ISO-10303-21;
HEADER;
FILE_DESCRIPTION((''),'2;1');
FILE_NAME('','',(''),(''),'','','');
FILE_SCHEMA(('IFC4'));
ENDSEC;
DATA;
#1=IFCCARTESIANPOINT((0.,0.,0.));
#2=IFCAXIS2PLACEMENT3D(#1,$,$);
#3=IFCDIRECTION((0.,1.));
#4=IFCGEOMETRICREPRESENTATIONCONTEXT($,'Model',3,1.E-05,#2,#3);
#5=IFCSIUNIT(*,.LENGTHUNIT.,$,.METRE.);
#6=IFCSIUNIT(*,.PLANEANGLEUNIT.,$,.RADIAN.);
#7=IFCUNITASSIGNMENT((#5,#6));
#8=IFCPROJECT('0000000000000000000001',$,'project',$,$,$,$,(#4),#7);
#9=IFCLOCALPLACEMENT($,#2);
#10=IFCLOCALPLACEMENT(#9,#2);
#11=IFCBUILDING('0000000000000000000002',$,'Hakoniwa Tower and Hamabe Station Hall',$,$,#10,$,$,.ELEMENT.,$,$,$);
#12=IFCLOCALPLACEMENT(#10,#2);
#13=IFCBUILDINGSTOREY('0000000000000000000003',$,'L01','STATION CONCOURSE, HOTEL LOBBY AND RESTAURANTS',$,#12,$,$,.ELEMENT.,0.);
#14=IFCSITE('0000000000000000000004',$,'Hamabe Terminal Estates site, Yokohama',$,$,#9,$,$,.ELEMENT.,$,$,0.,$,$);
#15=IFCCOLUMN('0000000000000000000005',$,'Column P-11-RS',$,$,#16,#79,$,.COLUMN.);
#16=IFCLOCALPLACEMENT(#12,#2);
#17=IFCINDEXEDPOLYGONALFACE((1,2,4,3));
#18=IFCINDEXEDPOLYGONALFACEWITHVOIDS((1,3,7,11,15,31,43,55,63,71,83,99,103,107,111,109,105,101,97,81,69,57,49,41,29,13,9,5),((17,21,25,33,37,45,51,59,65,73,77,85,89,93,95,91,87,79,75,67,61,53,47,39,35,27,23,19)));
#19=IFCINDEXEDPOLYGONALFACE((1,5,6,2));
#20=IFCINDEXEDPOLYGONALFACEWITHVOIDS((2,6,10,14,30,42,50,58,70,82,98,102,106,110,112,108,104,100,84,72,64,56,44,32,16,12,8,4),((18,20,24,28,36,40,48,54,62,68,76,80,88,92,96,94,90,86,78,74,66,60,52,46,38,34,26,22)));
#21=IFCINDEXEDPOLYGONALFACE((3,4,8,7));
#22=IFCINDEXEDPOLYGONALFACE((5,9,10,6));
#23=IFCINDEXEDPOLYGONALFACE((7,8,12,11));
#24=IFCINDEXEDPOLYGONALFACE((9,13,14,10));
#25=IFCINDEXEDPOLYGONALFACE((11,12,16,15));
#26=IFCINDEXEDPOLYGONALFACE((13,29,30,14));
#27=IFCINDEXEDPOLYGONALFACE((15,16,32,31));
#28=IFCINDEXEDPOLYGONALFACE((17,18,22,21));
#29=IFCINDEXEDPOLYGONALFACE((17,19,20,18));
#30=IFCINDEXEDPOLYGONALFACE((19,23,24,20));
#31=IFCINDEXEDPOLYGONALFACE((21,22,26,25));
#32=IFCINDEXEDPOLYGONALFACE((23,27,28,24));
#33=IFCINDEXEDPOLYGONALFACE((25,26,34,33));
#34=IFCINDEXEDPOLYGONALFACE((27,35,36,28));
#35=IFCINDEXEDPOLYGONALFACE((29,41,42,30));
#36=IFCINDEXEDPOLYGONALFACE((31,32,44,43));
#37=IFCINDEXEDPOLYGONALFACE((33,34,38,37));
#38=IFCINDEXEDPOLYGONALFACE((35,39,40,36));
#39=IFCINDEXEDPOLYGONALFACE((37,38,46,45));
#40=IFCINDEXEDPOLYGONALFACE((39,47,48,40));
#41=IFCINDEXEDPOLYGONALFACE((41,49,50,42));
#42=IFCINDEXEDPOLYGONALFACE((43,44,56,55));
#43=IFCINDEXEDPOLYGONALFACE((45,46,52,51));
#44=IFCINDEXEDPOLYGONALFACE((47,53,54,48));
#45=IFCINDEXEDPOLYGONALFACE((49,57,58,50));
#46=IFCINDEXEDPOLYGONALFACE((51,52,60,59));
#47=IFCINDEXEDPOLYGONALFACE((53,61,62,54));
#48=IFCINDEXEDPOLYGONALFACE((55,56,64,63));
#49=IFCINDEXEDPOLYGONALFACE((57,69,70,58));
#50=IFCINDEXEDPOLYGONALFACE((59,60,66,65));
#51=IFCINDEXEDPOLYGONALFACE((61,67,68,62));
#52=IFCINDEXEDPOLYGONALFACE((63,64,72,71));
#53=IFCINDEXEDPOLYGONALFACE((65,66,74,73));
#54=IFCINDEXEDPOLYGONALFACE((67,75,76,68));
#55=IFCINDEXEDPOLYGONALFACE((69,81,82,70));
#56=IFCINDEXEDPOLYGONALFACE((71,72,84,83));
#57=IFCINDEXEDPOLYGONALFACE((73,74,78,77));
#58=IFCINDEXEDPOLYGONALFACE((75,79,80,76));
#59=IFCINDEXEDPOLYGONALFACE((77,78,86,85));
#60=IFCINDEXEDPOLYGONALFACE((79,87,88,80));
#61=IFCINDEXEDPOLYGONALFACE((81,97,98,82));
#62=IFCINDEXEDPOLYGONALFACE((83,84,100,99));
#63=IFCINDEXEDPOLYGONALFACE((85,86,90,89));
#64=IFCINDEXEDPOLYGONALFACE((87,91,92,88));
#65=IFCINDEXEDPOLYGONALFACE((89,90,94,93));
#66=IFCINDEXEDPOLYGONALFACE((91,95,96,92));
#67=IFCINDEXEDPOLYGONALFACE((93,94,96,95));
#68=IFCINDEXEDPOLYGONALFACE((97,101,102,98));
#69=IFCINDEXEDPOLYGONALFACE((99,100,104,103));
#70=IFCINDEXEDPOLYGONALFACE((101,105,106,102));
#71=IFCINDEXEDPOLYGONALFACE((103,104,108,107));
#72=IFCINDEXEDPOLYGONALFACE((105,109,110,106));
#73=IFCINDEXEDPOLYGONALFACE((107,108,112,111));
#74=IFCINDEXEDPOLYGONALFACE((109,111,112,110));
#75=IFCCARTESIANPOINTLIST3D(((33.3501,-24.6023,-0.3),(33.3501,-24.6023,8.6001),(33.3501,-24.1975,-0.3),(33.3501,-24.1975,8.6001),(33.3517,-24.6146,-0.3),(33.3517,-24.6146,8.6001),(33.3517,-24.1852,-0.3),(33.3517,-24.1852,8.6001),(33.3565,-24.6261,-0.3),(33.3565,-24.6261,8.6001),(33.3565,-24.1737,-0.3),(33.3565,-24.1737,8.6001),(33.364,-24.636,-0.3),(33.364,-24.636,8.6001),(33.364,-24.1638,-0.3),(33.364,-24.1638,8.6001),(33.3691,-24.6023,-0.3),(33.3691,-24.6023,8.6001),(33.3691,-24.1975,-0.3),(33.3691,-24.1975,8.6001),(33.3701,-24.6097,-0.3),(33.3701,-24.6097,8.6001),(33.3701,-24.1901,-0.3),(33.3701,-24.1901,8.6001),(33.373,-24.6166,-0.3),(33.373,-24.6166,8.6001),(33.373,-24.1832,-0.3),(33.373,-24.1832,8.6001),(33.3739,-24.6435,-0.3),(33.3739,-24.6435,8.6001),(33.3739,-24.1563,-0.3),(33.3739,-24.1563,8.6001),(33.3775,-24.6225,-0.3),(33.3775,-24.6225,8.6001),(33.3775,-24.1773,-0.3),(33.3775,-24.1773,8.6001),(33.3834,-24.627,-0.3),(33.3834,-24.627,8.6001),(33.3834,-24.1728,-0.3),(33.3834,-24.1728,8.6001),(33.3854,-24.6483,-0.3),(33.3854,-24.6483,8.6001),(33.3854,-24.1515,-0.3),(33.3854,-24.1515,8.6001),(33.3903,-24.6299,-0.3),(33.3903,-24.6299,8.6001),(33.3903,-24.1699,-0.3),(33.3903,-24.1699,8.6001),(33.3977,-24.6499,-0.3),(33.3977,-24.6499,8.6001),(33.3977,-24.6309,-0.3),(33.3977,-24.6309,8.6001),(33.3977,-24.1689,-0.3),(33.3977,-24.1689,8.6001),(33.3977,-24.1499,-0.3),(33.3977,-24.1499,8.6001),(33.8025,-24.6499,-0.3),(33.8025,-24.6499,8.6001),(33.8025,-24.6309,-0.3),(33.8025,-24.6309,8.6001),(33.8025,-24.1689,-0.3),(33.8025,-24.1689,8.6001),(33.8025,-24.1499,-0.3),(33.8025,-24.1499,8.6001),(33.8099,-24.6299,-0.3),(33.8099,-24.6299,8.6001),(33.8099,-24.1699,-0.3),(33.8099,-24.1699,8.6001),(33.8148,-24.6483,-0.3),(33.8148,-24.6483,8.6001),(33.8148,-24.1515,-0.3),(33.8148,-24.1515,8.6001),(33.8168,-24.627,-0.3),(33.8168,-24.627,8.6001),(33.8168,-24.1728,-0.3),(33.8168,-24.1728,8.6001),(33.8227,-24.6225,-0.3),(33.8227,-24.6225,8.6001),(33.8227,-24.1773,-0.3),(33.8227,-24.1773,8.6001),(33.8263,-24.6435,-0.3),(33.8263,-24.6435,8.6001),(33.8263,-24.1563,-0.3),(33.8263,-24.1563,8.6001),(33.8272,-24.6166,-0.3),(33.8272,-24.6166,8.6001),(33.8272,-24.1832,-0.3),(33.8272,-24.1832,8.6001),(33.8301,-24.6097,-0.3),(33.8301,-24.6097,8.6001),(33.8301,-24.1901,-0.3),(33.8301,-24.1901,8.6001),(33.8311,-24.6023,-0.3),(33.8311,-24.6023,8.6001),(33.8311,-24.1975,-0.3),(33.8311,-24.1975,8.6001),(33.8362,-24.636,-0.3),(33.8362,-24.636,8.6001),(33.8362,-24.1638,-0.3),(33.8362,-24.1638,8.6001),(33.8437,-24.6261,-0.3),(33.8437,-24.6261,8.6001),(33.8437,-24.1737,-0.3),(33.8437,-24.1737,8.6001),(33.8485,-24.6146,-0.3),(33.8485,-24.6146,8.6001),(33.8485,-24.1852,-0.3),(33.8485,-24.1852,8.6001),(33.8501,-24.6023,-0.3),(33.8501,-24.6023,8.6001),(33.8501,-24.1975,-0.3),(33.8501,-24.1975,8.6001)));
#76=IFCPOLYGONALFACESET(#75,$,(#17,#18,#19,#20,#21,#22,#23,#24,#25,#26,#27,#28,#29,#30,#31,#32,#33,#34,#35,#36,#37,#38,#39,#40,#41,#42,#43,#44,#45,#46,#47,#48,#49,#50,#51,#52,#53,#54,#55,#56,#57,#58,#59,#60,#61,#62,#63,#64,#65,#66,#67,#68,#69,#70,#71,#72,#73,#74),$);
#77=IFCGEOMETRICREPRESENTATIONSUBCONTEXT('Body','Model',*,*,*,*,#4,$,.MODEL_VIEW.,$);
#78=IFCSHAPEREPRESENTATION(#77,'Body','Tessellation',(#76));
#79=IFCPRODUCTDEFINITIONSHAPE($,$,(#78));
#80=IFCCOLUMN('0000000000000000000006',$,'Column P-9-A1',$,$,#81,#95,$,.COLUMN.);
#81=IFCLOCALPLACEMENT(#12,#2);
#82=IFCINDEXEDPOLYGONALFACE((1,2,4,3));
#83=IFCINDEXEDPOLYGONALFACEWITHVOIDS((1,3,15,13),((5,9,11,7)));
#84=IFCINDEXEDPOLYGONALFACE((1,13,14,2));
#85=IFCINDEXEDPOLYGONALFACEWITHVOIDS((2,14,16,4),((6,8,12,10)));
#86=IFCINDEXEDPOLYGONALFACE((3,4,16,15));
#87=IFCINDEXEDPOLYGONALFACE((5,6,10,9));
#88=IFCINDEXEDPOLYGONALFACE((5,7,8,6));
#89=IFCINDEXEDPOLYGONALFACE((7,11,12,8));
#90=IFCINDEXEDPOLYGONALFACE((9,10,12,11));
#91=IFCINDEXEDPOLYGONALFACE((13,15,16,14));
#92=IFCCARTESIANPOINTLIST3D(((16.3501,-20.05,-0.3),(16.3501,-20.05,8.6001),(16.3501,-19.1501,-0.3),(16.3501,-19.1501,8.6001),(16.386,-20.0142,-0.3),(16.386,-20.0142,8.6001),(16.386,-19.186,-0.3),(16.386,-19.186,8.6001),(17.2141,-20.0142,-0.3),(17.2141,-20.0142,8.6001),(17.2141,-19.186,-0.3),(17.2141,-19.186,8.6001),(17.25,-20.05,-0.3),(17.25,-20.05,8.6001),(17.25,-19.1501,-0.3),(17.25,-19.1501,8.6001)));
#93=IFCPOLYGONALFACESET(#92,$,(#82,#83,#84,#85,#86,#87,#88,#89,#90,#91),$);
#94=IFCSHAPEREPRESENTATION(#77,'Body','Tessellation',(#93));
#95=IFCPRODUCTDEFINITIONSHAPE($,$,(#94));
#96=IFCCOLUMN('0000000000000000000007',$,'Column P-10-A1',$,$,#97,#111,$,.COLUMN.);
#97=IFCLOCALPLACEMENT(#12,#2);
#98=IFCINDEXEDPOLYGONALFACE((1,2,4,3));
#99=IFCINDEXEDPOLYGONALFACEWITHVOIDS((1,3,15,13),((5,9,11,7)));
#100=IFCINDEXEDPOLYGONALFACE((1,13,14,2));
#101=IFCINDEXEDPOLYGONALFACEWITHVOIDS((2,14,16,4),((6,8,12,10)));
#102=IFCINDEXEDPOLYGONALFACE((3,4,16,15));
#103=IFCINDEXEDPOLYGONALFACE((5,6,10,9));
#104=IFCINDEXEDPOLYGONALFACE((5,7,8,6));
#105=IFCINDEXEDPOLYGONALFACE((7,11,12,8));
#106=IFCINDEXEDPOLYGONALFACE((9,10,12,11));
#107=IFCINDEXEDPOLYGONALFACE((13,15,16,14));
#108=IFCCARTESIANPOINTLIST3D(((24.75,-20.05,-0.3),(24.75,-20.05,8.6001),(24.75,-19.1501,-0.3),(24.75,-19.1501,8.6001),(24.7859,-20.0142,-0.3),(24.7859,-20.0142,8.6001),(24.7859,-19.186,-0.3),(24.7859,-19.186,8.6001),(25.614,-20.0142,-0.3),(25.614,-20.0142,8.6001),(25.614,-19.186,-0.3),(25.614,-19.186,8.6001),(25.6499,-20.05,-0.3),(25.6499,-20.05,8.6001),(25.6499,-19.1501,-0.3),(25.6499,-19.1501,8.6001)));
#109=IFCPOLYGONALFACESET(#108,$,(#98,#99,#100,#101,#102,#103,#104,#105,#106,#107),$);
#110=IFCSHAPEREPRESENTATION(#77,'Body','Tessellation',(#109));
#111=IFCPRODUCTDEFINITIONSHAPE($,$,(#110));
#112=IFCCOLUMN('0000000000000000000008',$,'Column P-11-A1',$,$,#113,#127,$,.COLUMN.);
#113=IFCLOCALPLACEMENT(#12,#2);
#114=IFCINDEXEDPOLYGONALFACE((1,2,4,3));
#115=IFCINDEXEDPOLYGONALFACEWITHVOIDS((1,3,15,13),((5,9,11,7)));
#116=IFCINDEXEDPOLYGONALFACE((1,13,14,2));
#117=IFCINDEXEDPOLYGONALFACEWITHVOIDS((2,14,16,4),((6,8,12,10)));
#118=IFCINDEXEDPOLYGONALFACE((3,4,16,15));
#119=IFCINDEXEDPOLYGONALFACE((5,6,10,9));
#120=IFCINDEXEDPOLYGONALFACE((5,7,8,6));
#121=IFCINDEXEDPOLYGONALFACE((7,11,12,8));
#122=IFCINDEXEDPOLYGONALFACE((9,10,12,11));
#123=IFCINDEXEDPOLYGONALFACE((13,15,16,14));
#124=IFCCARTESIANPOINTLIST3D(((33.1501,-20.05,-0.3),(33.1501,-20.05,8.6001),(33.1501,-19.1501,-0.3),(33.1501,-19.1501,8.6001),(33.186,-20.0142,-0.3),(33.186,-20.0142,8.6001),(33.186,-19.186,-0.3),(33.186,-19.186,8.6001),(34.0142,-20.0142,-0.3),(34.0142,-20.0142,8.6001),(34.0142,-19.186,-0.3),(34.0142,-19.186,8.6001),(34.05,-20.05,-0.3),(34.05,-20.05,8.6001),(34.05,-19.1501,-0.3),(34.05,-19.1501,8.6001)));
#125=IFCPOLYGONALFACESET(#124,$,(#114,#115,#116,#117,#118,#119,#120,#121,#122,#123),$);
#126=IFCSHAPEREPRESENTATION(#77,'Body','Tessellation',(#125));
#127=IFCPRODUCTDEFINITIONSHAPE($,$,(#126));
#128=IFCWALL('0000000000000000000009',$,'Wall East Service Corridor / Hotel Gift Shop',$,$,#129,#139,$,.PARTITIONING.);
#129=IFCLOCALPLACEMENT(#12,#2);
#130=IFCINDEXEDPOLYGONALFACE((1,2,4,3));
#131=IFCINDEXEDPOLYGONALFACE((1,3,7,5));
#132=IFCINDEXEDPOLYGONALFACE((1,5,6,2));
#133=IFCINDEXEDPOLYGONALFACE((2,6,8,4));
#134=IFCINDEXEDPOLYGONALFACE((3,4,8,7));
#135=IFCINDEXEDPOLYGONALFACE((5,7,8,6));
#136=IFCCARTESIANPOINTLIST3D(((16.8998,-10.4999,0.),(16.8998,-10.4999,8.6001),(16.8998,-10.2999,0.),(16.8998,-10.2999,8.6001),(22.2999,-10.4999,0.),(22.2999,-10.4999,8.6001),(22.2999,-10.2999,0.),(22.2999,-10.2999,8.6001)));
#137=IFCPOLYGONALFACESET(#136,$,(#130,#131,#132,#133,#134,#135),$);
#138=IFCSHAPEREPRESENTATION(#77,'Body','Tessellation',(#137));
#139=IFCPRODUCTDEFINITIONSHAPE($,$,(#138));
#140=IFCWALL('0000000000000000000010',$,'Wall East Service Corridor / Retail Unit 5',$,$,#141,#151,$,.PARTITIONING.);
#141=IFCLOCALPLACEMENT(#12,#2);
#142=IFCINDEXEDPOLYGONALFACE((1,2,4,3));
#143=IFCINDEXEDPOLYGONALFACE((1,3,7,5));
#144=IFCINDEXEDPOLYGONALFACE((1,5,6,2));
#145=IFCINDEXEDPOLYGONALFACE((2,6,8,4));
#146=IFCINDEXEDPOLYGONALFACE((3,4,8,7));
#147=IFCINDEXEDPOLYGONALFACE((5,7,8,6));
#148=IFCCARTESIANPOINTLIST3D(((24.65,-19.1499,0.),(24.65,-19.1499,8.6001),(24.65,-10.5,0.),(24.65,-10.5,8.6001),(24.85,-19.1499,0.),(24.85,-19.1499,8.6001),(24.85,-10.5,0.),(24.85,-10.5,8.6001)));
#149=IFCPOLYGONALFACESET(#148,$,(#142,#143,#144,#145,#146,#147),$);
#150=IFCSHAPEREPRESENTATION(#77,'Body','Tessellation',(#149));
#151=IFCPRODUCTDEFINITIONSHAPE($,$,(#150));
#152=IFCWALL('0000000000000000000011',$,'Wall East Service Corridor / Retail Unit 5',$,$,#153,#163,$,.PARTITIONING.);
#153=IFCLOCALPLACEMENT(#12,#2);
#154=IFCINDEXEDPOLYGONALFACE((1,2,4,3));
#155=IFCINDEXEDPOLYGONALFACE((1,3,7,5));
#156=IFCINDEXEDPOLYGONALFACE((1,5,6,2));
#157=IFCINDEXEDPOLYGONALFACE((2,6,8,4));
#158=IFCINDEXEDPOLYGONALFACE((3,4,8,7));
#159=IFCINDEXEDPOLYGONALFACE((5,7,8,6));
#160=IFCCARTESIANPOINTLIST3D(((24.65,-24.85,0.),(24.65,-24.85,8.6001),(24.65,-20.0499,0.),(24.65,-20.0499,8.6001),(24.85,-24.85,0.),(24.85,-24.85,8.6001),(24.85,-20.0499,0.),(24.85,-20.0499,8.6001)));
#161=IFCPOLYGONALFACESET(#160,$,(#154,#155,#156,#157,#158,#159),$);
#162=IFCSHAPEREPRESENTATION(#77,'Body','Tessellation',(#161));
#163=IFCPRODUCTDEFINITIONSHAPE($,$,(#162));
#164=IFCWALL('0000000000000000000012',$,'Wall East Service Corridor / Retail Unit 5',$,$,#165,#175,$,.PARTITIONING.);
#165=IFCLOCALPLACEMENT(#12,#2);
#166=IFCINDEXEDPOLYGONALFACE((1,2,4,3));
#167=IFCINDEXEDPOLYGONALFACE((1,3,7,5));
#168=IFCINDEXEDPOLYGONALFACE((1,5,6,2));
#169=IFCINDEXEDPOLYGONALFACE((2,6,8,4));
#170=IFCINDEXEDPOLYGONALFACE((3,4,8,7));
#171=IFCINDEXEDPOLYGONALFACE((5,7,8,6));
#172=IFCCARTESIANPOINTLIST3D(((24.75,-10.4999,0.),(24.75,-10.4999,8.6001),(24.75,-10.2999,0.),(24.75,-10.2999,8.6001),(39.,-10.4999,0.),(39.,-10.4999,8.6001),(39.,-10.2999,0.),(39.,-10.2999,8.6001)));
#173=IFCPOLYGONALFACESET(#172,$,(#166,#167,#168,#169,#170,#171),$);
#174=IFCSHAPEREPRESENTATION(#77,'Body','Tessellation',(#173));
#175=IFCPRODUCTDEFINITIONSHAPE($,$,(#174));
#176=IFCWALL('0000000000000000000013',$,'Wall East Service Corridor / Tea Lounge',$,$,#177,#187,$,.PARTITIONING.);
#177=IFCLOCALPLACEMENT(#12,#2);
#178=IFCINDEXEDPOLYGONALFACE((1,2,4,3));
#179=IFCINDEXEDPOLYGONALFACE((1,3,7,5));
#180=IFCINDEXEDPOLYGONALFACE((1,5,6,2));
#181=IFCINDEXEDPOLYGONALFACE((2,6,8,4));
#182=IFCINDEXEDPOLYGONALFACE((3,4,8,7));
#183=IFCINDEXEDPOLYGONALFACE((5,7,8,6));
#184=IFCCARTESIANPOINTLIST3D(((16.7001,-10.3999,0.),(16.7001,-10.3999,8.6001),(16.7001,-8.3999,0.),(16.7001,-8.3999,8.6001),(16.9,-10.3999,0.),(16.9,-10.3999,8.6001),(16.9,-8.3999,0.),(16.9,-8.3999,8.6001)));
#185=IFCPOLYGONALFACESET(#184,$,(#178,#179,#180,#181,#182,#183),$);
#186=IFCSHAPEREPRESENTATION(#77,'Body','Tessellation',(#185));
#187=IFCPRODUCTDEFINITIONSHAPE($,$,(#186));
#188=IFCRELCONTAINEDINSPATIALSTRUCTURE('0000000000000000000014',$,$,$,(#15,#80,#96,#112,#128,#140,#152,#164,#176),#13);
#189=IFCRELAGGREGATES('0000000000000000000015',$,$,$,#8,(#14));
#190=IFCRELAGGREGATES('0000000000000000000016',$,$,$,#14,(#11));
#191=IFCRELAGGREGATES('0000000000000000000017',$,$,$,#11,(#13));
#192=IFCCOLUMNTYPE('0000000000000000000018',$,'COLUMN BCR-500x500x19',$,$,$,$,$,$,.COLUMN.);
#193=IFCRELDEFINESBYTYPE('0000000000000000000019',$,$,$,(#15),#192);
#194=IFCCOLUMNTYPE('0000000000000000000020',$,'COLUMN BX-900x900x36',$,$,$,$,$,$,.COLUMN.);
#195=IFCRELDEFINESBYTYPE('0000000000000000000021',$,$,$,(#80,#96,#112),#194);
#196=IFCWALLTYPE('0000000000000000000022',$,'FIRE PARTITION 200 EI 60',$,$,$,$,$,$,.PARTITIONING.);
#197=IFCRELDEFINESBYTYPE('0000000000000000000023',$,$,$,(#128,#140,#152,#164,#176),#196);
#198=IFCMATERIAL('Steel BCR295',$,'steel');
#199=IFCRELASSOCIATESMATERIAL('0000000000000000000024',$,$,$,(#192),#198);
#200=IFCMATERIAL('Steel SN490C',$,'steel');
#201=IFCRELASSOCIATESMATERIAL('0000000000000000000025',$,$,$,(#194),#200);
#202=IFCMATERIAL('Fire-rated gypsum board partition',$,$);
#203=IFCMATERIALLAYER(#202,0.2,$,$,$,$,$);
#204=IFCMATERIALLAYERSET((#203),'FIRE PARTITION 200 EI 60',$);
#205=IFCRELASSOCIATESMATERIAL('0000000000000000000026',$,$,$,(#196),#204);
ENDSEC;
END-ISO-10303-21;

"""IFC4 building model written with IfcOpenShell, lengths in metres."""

from ifc_helpers import new_model, si_unit, direction, frame, frame_2d, origin, origin_2d, place, context, subcontext, project, spatial, rectangle, hollow_rectangle, extrude, material, layer, layer_set, material_profile, profile_set, type_object, element, save


model = new_model("IFC4")

# Units and contexts
model_context = context("Model", 3, precision=1e-05, world=origin(), true_north=direction((0.0, 1.0)))
body_context = subcontext(model_context, "Body", "Model", "MODEL_VIEW")
ifc_project = project(units=[si_unit("LENGTHUNIT", "METRE"), si_unit("PLANEANGLEUNIT", "RADIAN")], contexts=[model_context])

# Site, building, storey
site_placement = place(None, origin())
site = spatial("IfcSite", under=ifc_project, at=site_placement, Name="Hamabe Terminal Estates site, Yokohama", CompositionType="ELEMENT", RefElevation=0.0)
building_placement = place(site_placement, origin())
building = spatial("IfcBuilding", under=site, at=building_placement, Name="Hakoniwa Tower and Hamabe Station Hall", CompositionType="ELEMENT")
storey_placement = place(building_placement, origin())
storey = spatial("IfcBuildingStorey", under=building, at=storey_placement, Name="L01", Description="STATION CONCOURSE, HOTEL LOBBY AND RESTAURANTS", CompositionType="ELEMENT", Elevation=0.0)

# Columns
ifc_material_1 = material(Name="Steel BCR295", Category="steel")
ifc_material_profile_1 = material_profile(ifc_material_1, hollow_rectangle(XDim=0.5, YDim=0.5, WallThickness=0.019, InnerFilletRadius=0.0286, OuterFilletRadius=0.0476, at=origin_2d()), Name="BCR-500x500x19")
ifc_profile_set_1 = profile_set([ifc_material_profile_1], Name="Steel BCR295")
column_type_1 = type_object("IfcColumnType", Name="COLUMN BCR-500x500x19", PredefinedType="COLUMN", material=ifc_profile_set_1)
column_placement = place(storey_placement, frame((33.6001, -24.3999, -0.3), z_axis=(0.0, 0.0, 1.0), x_axis=(1.0, 0.0, 0.0)))
element("IfcColumn", 1, at=column_placement, inside=storey, type_object=column_type_1, Name="Column P-11-RS", PredefinedType="COLUMN", context=body_context, shape_type="SweptSolid", body=[
    extrude(hollow_rectangle(XDim=0.5, YDim=0.5, WallThickness=0.019, InnerFilletRadius=0.0286, OuterFilletRadius=0.0476, at=origin_2d()), origin(), (0.0, 0.0, 1.0), 8.9001),
])
ifc_material_2 = material(Name="Steel SN490C", Category="steel")
ifc_material_profile_2 = material_profile(ifc_material_2, hollow_rectangle(XDim=0.8999, YDim=0.8999, WallThickness=0.0359, at=origin_2d()), Name="BX-900x900x36")
ifc_profile_set_2 = profile_set([ifc_material_profile_2], Name="Steel SN490C")
column_type_2 = type_object("IfcColumnType", Name="COLUMN BX-900x900x36", PredefinedType="COLUMN", material=ifc_profile_set_2)
for number, where, z_axis, x_axis, name in (
    (2, (16.8, -19.6001, -0.3), (0.0, 0.0, 1.0), (1.0, 0.0, 0.0), "Column P-9-A1"),
    (3, (25.2, -19.6001, -0.3), (0.0, 0.0, 1.0), (1.0, 0.0, 0.0), "Column P-10-A1"),
    (4, (33.6001, -19.6001, -0.3), (0.0, 0.0, 1.0), (1.0, 0.0, 0.0), "Column P-11-A1"),
):
    element("IfcColumn", number, at=place(storey_placement, frame(where, z_axis=z_axis, x_axis=x_axis)), inside=storey, type_object=column_type_2, Name=name, PredefinedType="COLUMN", context=body_context, shape_type="SweptSolid", body=[
        extrude(hollow_rectangle(XDim=0.8999, YDim=0.8999, WallThickness=0.0359, at=origin_2d()), origin(), (0.0, 0.0, 1.0), 8.9001),
    ])

# Walls
ifc_material_3 = material(Name="Fire-rated gypsum board partition")
ifc_layer = layer(ifc_material_3, 0.2)
ifc_layer_set = layer_set([ifc_layer], Name="FIRE PARTITION 200 EI 60")
wall_type = type_object("IfcWallType", Name="FIRE PARTITION 200 EI 60", PredefinedType="PARTITIONING", material=ifc_layer_set)
wall_1_placement = place(storey_placement, frame((22.3, -10.3999, 0.0), z_axis=(0.0, 0.0, 1.0), x_axis=(-1.0, 0.0, 0.0)))
element("IfcWall", 5, at=wall_1_placement, inside=storey, type_object=wall_type, Name="Wall East Service Corridor / Hotel Gift Shop", PredefinedType="PARTITIONING", context=body_context, shape_type="SweptSolid", body=[
    extrude(rectangle(XDim=5.4001, YDim=0.2, at=frame_2d((2.7002, 0.0))), origin(), (0.0, 0.0, 1.0), 8.6001),
])
wall_2_placement = place(storey_placement, frame((24.75, -10.5, 0.0), z_axis=(0.0, 0.0, 1.0), x_axis=(0.0, -1.0, 0.0)))
element("IfcWall", 6, at=wall_2_placement, inside=storey, type_object=wall_type, Name="Wall East Service Corridor / Retail Unit 5", PredefinedType="PARTITIONING", context=body_context, shape_type="SweptSolid", body=[
    extrude(rectangle(XDim=8.6499, YDim=0.2, at=frame_2d((4.325, 0.0))), origin(), (0.0, 0.0, 1.0), 8.6001),
])
wall_3_placement = place(storey_placement, frame((24.75, -20.05, 0.0), z_axis=(0.0, 0.0, 1.0), x_axis=(0.0, -1.0, 0.0)))
element("IfcWall", 7, at=wall_3_placement, inside=storey, type_object=wall_type, Name="Wall East Service Corridor / Retail Unit 5", PredefinedType="PARTITIONING", context=body_context, shape_type="SweptSolid", body=[
    extrude(rectangle(XDim=4.8, YDim=0.2, at=frame_2d((2.3999, 0.0))), origin(), (0.0, 0.0, 1.0), 8.6001),
])
wall_4_placement = place(storey_placement, frame((39.0, -10.3999, 0.0), z_axis=(0.0, 0.0, 1.0), x_axis=(-1.0, 0.0, 0.0)))
element("IfcWall", 8, at=wall_4_placement, inside=storey, type_object=wall_type, Name="Wall East Service Corridor / Retail Unit 5", PredefinedType="PARTITIONING", context=body_context, shape_type="SweptSolid", body=[
    extrude(rectangle(XDim=14.25, YDim=0.2, at=frame_2d((7.125, 0.0))), origin(), (0.0, 0.0, 1.0), 8.6001),
])
wall_5_placement = place(storey_placement, frame((16.8, -10.3999, 0.0), z_axis=(0.0, 0.0, 1.0), x_axis=(0.0, 1.0, 0.0)))
element("IfcWall", 9, at=wall_5_placement, inside=storey, type_object=wall_type, Name="Wall East Service Corridor / Tea Lounge", PredefinedType="PARTITIONING", context=body_context, shape_type="SweptSolid", body=[
    extrude(rectangle(XDim=2.0, YDim=0.2, at=frame_2d((1.0, 0.0))), origin(), (0.0, 0.0, 1.0), 8.6001),
])

save(model, "model.ifc")
